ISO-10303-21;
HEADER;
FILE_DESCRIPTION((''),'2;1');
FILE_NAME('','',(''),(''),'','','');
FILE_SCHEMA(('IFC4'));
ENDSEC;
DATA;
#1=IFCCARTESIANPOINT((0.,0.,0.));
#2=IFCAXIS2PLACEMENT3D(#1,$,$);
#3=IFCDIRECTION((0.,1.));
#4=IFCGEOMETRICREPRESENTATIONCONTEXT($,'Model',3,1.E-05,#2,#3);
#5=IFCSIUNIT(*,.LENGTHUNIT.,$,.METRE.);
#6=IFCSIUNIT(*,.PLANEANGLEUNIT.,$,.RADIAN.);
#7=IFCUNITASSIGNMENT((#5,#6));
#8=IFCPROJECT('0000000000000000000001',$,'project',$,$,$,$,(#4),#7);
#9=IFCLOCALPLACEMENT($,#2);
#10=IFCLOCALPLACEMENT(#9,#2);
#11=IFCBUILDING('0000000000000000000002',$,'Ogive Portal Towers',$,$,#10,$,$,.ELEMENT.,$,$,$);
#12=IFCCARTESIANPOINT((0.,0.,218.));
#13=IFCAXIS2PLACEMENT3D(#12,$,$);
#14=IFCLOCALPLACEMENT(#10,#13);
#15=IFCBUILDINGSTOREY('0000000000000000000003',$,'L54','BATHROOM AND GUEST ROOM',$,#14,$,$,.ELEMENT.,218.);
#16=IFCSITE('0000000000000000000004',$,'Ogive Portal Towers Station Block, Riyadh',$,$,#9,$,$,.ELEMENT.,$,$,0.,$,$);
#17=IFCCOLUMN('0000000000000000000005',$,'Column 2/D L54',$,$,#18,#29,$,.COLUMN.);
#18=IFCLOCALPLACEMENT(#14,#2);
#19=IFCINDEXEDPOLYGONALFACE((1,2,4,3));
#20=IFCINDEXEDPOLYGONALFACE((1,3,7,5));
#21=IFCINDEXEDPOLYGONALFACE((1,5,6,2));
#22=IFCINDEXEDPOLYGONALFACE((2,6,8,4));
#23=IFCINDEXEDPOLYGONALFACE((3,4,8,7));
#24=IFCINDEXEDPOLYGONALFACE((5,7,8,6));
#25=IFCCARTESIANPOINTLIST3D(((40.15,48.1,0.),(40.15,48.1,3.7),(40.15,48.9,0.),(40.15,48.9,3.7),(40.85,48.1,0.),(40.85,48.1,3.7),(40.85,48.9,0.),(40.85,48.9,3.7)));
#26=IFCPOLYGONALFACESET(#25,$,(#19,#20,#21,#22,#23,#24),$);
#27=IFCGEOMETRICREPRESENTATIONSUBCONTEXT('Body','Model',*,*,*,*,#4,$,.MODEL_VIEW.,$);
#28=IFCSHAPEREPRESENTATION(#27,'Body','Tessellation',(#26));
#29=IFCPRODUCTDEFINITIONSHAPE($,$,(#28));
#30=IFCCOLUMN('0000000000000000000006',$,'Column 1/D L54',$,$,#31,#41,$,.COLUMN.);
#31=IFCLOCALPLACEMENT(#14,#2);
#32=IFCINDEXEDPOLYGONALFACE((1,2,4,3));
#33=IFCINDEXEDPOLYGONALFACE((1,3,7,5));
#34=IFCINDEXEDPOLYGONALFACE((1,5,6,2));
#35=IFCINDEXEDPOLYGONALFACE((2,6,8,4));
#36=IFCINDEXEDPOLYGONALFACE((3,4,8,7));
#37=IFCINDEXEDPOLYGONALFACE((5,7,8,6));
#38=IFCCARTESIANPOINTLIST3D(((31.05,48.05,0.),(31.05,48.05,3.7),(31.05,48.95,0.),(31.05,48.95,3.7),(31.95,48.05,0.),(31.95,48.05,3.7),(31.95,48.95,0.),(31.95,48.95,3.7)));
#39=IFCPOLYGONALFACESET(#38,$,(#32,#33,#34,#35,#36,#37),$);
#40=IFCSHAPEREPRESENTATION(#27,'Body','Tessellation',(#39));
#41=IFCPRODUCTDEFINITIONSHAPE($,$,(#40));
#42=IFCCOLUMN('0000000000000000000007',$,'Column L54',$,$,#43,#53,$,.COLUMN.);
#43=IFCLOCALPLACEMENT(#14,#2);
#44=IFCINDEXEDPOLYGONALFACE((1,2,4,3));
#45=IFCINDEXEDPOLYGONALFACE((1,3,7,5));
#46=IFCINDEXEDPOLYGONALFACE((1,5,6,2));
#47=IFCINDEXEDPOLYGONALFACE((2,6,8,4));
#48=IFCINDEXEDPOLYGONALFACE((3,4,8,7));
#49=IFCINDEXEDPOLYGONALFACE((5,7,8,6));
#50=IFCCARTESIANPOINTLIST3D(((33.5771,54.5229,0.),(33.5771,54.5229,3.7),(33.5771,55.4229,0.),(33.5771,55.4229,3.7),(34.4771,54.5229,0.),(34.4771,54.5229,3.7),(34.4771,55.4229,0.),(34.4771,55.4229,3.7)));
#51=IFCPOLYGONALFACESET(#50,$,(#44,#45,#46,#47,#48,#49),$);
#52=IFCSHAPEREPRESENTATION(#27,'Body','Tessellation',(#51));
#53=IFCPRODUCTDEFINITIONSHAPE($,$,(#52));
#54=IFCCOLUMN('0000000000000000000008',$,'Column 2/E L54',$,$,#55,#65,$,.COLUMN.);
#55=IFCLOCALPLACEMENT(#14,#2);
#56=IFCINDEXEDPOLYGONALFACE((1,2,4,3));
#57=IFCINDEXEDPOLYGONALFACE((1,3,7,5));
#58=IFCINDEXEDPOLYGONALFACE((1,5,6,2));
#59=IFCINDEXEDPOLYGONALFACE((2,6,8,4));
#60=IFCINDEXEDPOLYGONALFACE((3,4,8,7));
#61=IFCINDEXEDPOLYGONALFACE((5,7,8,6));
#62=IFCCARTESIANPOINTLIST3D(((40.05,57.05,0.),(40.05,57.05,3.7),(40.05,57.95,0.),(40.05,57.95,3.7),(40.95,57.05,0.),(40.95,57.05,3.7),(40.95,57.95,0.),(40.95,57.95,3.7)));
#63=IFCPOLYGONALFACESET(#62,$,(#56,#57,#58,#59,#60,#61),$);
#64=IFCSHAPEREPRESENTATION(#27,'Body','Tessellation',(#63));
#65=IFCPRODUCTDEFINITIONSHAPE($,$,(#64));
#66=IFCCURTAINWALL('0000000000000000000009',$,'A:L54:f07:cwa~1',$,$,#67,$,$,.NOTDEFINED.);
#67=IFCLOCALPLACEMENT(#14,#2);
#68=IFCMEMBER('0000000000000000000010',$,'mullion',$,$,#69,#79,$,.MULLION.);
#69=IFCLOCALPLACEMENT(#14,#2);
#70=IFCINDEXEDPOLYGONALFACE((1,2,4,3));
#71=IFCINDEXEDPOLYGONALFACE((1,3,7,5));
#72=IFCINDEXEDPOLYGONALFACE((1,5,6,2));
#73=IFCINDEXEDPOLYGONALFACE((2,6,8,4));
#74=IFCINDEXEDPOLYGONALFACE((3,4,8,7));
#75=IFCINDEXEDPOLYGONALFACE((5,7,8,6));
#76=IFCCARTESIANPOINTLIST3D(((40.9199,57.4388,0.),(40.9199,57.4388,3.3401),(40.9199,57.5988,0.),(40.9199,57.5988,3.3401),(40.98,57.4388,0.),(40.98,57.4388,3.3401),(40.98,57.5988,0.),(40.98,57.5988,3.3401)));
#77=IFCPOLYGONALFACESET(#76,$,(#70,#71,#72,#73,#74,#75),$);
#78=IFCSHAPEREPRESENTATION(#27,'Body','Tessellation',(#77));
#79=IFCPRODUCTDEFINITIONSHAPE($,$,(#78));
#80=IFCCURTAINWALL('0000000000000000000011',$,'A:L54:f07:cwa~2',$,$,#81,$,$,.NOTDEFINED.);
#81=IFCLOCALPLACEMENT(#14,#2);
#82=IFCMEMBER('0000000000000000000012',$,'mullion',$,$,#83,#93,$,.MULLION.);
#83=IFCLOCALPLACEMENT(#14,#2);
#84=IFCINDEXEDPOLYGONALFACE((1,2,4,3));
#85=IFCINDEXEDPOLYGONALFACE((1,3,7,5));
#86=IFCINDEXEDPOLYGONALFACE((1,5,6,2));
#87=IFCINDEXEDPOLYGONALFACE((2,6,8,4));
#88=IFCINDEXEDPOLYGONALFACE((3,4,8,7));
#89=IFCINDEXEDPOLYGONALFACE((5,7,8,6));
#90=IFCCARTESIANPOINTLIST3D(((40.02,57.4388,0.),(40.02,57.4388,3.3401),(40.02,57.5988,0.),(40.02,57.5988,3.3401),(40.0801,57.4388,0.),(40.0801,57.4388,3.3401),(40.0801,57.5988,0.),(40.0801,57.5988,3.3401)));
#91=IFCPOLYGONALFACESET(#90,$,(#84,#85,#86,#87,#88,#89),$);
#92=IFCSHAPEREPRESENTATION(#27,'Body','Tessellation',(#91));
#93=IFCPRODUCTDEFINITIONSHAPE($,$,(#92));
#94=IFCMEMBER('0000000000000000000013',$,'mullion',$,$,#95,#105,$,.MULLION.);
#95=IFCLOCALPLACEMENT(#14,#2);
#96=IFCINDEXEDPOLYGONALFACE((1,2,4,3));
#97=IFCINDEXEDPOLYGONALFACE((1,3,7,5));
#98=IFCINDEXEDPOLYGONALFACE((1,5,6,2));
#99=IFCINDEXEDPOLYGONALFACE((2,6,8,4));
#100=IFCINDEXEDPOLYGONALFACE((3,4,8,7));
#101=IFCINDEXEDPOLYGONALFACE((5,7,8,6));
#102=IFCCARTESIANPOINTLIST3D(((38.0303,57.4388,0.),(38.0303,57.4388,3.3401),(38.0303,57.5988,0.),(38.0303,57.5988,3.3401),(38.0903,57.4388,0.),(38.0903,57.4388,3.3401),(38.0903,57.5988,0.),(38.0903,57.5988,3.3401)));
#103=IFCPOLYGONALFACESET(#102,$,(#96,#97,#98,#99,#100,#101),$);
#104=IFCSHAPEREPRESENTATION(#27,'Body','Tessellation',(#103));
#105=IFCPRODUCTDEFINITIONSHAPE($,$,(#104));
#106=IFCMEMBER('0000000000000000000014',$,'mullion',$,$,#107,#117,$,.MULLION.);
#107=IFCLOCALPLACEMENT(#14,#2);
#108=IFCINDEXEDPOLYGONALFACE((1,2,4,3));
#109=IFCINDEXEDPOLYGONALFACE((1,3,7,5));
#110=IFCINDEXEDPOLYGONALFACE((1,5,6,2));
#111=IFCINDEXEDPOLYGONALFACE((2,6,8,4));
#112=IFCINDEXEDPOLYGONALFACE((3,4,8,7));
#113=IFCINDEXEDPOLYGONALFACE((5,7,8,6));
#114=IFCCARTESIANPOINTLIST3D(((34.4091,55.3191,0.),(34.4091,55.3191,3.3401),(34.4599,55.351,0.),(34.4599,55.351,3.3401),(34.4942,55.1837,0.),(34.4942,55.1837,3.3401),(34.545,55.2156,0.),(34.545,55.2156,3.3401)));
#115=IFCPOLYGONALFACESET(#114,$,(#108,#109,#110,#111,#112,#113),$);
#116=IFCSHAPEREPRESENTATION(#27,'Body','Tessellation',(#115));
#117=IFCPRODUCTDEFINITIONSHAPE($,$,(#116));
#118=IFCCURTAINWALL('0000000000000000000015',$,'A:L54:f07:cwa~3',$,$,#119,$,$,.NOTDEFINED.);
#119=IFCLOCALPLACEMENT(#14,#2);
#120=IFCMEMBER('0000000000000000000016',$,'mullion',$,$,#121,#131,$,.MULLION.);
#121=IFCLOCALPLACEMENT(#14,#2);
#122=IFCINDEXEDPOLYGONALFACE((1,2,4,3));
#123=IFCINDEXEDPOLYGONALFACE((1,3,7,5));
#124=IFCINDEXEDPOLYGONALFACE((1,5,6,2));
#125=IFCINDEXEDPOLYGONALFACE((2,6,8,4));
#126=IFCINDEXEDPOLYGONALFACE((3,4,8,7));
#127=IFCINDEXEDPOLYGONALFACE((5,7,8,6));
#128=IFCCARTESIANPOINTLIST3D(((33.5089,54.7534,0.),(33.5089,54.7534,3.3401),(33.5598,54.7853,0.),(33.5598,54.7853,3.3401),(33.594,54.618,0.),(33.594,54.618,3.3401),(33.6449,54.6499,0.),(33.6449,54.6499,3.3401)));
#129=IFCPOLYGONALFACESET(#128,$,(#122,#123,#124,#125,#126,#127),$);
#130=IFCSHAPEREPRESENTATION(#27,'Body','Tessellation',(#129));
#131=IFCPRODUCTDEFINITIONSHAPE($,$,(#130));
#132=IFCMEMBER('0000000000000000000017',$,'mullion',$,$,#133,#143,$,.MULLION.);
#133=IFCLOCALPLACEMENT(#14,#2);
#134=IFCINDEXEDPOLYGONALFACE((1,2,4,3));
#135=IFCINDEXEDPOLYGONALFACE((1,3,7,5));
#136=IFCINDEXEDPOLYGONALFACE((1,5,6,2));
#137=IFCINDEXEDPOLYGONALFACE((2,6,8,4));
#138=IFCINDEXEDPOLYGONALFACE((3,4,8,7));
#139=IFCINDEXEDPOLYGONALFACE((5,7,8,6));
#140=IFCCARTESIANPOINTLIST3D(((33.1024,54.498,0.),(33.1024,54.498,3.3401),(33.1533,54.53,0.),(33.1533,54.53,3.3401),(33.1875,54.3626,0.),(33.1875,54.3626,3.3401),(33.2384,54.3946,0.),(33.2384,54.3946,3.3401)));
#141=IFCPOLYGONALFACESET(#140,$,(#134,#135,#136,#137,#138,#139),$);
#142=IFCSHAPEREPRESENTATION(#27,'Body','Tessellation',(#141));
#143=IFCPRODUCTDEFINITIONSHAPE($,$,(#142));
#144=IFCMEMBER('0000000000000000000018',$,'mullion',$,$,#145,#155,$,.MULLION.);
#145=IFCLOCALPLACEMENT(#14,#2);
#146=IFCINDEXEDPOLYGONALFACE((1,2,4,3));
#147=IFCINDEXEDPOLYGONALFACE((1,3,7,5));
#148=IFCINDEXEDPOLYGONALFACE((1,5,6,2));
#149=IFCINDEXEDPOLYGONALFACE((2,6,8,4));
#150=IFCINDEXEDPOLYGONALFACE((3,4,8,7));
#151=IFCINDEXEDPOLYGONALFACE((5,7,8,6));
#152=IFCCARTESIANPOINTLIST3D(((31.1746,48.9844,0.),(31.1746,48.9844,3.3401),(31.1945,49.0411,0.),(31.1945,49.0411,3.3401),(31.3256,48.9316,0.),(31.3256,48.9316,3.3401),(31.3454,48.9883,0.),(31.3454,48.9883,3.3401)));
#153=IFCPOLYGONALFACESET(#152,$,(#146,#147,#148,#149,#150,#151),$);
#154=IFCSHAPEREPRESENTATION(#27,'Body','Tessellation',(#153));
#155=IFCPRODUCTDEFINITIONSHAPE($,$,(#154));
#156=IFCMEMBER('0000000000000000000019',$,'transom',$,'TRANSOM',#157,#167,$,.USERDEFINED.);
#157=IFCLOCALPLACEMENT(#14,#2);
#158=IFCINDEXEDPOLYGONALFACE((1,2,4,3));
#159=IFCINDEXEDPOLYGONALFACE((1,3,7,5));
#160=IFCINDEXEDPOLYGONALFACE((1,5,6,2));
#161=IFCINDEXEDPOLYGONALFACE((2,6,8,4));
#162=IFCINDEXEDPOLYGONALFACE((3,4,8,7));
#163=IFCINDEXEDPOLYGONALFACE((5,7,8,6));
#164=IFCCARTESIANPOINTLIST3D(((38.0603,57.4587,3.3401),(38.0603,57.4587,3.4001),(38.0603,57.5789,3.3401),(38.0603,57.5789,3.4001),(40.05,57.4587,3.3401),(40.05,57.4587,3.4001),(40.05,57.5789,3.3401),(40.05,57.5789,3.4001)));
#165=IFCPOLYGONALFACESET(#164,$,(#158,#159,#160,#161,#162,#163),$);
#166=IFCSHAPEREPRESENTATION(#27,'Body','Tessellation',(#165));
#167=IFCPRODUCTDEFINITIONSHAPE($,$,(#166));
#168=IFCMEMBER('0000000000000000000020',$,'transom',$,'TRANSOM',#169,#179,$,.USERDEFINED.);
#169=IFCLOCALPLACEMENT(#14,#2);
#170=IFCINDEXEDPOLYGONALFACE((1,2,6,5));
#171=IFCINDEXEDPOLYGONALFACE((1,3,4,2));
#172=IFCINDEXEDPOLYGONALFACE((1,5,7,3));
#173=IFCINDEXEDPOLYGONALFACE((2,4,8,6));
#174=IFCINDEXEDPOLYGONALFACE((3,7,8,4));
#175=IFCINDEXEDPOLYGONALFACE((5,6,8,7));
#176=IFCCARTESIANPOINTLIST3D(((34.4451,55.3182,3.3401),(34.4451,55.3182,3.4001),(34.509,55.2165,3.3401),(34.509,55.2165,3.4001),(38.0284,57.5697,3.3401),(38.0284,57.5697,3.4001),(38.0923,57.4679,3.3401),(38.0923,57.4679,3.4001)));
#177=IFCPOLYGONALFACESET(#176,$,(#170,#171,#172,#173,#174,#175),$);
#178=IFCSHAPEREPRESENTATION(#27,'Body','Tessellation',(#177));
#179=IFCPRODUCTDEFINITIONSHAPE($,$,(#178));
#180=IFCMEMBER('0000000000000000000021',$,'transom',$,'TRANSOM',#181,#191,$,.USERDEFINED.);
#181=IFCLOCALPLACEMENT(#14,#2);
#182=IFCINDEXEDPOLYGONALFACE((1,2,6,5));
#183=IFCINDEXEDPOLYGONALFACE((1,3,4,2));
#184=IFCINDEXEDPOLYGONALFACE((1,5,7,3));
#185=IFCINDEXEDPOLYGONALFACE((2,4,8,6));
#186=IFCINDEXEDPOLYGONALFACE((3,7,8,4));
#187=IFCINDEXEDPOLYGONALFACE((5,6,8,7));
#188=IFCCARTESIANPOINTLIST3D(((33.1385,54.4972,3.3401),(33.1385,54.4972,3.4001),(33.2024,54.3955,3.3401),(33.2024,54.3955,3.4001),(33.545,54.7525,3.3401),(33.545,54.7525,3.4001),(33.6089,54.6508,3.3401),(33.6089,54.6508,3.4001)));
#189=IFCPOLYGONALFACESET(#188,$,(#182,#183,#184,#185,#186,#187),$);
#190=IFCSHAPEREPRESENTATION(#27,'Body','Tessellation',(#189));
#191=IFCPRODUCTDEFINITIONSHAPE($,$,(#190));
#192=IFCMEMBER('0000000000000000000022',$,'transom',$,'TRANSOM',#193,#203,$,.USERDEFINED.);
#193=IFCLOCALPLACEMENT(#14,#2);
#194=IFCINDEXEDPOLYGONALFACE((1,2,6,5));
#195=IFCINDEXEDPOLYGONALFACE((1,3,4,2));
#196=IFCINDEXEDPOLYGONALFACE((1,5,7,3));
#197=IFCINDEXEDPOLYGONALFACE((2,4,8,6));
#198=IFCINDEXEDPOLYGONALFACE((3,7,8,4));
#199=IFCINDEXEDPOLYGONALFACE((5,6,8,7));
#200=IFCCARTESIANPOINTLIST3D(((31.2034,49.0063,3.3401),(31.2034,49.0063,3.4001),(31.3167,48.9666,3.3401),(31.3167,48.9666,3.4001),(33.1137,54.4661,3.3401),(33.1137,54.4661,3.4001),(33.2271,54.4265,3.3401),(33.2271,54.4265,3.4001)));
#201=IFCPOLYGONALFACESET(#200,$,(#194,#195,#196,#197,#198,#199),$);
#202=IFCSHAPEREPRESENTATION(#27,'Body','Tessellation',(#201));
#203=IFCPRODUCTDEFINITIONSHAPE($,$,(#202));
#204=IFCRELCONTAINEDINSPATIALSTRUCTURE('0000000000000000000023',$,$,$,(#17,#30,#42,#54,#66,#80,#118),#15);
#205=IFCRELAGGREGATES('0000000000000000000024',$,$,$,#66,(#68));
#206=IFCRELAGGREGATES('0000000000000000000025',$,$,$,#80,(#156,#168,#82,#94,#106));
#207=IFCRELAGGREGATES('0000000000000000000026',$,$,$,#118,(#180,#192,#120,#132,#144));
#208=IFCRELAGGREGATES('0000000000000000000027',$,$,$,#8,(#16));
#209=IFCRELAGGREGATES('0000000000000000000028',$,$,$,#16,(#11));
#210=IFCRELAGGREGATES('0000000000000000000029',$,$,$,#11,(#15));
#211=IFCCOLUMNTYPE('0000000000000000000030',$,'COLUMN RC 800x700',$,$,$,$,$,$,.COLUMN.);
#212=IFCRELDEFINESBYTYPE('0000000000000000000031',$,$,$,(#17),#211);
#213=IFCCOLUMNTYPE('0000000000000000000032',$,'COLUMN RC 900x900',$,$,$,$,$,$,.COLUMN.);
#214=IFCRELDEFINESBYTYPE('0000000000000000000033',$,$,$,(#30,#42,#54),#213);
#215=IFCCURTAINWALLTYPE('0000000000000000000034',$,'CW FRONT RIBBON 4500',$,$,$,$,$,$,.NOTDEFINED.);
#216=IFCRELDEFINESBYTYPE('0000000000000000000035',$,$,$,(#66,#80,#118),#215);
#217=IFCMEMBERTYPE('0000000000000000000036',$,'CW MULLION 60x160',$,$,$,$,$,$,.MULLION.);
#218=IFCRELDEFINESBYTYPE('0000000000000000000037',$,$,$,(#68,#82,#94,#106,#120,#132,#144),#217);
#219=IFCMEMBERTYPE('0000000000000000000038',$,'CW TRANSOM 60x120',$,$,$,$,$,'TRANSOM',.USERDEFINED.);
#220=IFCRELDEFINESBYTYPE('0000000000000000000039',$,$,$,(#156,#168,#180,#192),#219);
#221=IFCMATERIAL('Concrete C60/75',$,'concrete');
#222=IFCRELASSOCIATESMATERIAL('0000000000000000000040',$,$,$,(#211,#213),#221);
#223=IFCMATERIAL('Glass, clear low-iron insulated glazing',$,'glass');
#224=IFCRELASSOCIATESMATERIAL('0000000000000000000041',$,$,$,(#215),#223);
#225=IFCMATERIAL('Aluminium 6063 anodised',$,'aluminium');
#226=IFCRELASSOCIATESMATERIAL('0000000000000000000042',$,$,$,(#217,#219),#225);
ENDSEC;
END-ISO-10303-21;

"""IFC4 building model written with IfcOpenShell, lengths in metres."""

from ifc_helpers import new_model, si_unit, direction, frame, origin, origin_2d, place, context, subcontext, project, spatial, rectangle, extrude, material, material_profile, profile_set, type_object, element, aggregate, save


model = new_model("IFC4")

# Units and contexts
model_context = context("Model", 3, precision=1e-05, world=origin(), true_north=direction((0.0, 1.0)))
body_context = subcontext(model_context, "Body", "Model", "MODEL_VIEW")
ifc_project = project(units=[si_unit("LENGTHUNIT", "METRE"), si_unit("PLANEANGLEUNIT", "RADIAN")], contexts=[model_context])

# Site, building, storey
site_placement = place(None, origin())
site = spatial("IfcSite", under=ifc_project, at=site_placement, Name="Ogive Portal Towers Station Block, Riyadh", CompositionType="ELEMENT", RefElevation=0.0)
building_placement = place(site_placement, origin())
building = spatial("IfcBuilding", under=site, at=building_placement, Name="Ogive Portal Towers", CompositionType="ELEMENT")
storey_placement = place(building_placement, frame((0.0, 0.0, 218.0)))
storey = spatial("IfcBuildingStorey", under=building, at=storey_placement, Name="L54", Description="BATHROOM AND GUEST ROOM", CompositionType="ELEMENT", Elevation=218.0)

# Columns
ifc_material_1 = material(Name="Concrete C60/75", Category="concrete")
ifc_material_profile_1 = material_profile(ifc_material_1, rectangle(XDim=0.8, YDim=0.7, at=origin_2d()), Name="RC 800x700")
ifc_profile_set_1 = profile_set([ifc_material_profile_1], Name="Concrete C60/75")
column_type_1 = type_object("IfcColumnType", Name="COLUMN RC 800x700", PredefinedType="COLUMN", material=ifc_profile_set_1)
column_placement = place(storey_placement, frame((40.5, 48.5, 0.0), z_axis=(0.0, 0.0, 1.0), x_axis=(0.0, 1.0, 0.0)))
element("IfcColumn", 1, at=column_placement, inside=storey, type_object=column_type_1, Name="Column 2/D L54", PredefinedType="COLUMN", context=body_context, shape_type="SweptSolid", body=[
    extrude(rectangle(XDim=0.8, YDim=0.7, at=origin_2d()), origin(), (0.0, 0.0, 1.0), 3.7),
])
ifc_material_profile_2 = material_profile(ifc_material_1, rectangle(XDim=0.8999, YDim=0.8999, at=origin_2d()), Name="RC 900x900")
ifc_profile_set_2 = profile_set([ifc_material_profile_2], Name="Concrete C60/75")
column_type_2 = type_object("IfcColumnType", Name="COLUMN RC 900x900", PredefinedType="COLUMN", material=ifc_profile_set_2)
for number, where, z_axis, x_axis, name in (
    (2, (31.5, 48.5, 0.0), (0.0, 0.0, 1.0), (1.0, 0.0, 0.0), "Column 1/D L54"),
    (3, (34.0271, 54.9729, 0.0), (0.0, 0.0, 1.0), (1.0, 0.0, 0.0), "Column L54"),
    (4, (40.5, 57.5, 0.0), (0.0, 0.0, 1.0), (1.0, 0.0, 0.0), "Column 2/E L54"),
):
    element("IfcColumn", number, at=place(storey_placement, frame(where, z_axis=z_axis, x_axis=x_axis)), inside=storey, type_object=column_type_2, Name=name, PredefinedType="COLUMN", context=body_context, shape_type="SweptSolid", body=[
        extrude(rectangle(XDim=0.8999, YDim=0.8999, at=origin_2d()), origin(), (0.0, 0.0, 1.0), 3.7),
    ])

# Curtain wall, member
ifc_material_2 = material(Name="Glass, clear low-iron insulated glazing", Category="glass")
curtain_wall_type = type_object("IfcCurtainWallType", Name="CW FRONT RIBBON 4500", PredefinedType="NOTDEFINED", material=ifc_material_2)
curtain_wall_1_placement = place(storey_placement, origin())
curtain_wall_1 = element("IfcCurtainWall", 5, at=curtain_wall_1_placement, inside=storey, type_object=curtain_wall_type, Name="A:L54:f07:cwa~1", PredefinedType="NOTDEFINED")
ifc_material_3 = material(Name="Aluminium 6063 anodised", Category="aluminium")
ifc_material_profile_3 = material_profile(ifc_material_3, rectangle(XDim=0.1599, YDim=0.0601, at=origin_2d()), Name="AL 60x160")
ifc_profile_set_3 = profile_set([ifc_material_profile_3], Name="Aluminium 6063 anodised")
member_type_1 = type_object("IfcMemberType", Name="CW MULLION 60x160", PredefinedType="MULLION", material=ifc_profile_set_3)
member_1_placement = place(storey_placement, frame((40.95, 57.5188, 0.0), z_axis=(0.0, 0.0, 1.0), x_axis=(0.0, -1.0, 0.0)))
member_1 = element("IfcMember", 6, at=member_1_placement, type_object=member_type_1, Name="mullion", PredefinedType="MULLION", context=body_context, shape_type="SweptSolid", body=[
    extrude(rectangle(XDim=0.1599, YDim=0.0601, at=origin_2d()), origin(), (0.0, 0.0, 1.0), 3.3401),
])
aggregate(curtain_wall_1, [member_1])

# Curtain walls, members
curtain_wall_2_placement = place(storey_placement, origin())
curtain_wall_2 = element("IfcCurtainWall", 7, at=curtain_wall_2_placement, inside=storey, type_object=curtain_wall_type, Name="A:L54:f07:cwa~2", PredefinedType="NOTDEFINED")
member_2_placement = place(storey_placement, frame((40.05, 57.5188, 0.0), z_axis=(0.0, 0.0, 1.0), x_axis=(0.0, -1.0, 0.0)))
member_2 = element("IfcMember", 8, at=member_2_placement, type_object=member_type_1, Name="mullion", PredefinedType="MULLION", context=body_context, shape_type="SweptSolid", body=[
    extrude(rectangle(XDim=0.1599, YDim=0.0601, at=origin_2d()), origin(), (0.0, 0.0, 1.0), 3.3401),
])
member_3_placement = place(storey_placement, frame((38.0603, 57.5188, 0.0), z_axis=(0.0, 0.0, 1.0), x_axis=(0.0, -1.0, 0.0)))
member_3 = element("IfcMember", 9, at=member_3_placement, type_object=member_type_1, Name="mullion", PredefinedType="MULLION", context=body_context, shape_type="SweptSolid", body=[
    extrude(rectangle(XDim=0.1599, YDim=0.0601, at=origin_2d()), origin(), (0.0, 0.0, 1.0), 3.3401),
])
member_4_placement = place(storey_placement, frame((34.4771, 55.2673, 0.0), z_axis=(0.0, 0.0, 1.0), x_axis=(0.532032, -0.846724, 0.0)))
member_4 = element("IfcMember", 10, at=member_4_placement, type_object=member_type_1, Name="mullion", PredefinedType="MULLION", context=body_context, shape_type="SweptSolid", body=[
    extrude(rectangle(XDim=0.1599, YDim=0.0601, at=origin_2d()), origin(), (0.0, 0.0, 1.0), 3.3401),
])
curtain_wall_3_placement = place(storey_placement, origin())
curtain_wall_3 = element("IfcCurtainWall", 11, at=curtain_wall_3_placement, inside=storey, type_object=curtain_wall_type, Name="A:L54:f07:cwa~3", PredefinedType="NOTDEFINED")
member_5_placement = place(storey_placement, frame((33.5769, 54.7017, 0.0), z_axis=(0.0, 0.0, 1.0), x_axis=(0.532032, -0.846724, 0.0)))
member_5 = element("IfcMember", 12, at=member_5_placement, type_object=member_type_1, Name="mullion", PredefinedType="MULLION", context=body_context, shape_type="SweptSolid", body=[
    extrude(rectangle(XDim=0.1599, YDim=0.0601, at=origin_2d()), origin(), (0.0, 0.0, 1.0), 3.3401),
])
member_6_placement = place(storey_placement, frame((33.1704, 54.4463, 0.0), z_axis=(0.0, 0.0, 1.0), x_axis=(0.532032, -0.846724, 0.0)))
member_6 = element("IfcMember", 13, at=member_6_placement, type_object=member_type_1, Name="mullion", PredefinedType="MULLION", context=body_context, shape_type="SweptSolid", body=[
    extrude(rectangle(XDim=0.1599, YDim=0.0601, at=origin_2d()), origin(), (0.0, 0.0, 1.0), 3.3401),
])
member_7_placement = place(storey_placement, frame((31.26, 48.9863, 0.0), z_axis=(0.0, 0.0, 1.0), x_axis=(0.943883, -0.330279, 0.0)))
member_7 = element("IfcMember", 14, at=member_7_placement, type_object=member_type_1, Name="mullion", PredefinedType="MULLION", context=body_context, shape_type="SweptSolid", body=[
    extrude(rectangle(XDim=0.1599, YDim=0.0601, at=origin_2d()), origin(), (0.0, 0.0, 1.0), 3.3401),
])

# Members
ifc_material_profile_4 = material_profile(ifc_material_3, rectangle(XDim=0.1201, YDim=0.0601, at=origin_2d()), Name="AL 120x60")
ifc_profile_set_4 = profile_set([ifc_material_profile_4], Name="Aluminium 6063 anodised")
member_type_2 = type_object("IfcMemberType", Name="CW TRANSOM 60x120", ElementType="TRANSOM", PredefinedType="USERDEFINED", material=ifc_profile_set_4)
member_8_placement = place(storey_placement, frame((40.05, 57.5188, 3.3701), z_axis=(-1.0, 0.0, 0.0), x_axis=(0.0, -1.0, 0.0)))
member_8 = element("IfcMember", 15, at=member_8_placement, type_object=member_type_2, Name="transom", ObjectType="TRANSOM", PredefinedType="USERDEFINED", context=body_context, shape_type="SweptSolid", body=[
    extrude(rectangle(XDim=0.1201, YDim=0.0601, at=origin_2d()), origin(), (0.0, 0.0, 1.0), 1.9897),
])
member_9_placement = place(storey_placement, frame((38.0603, 57.5188, 3.3701), z_axis=(-0.846729, -0.532025, 0.0), x_axis=(0.532025, -0.846729, 0.0)))
member_9 = element("IfcMember", 16, at=member_9_placement, type_object=member_type_2, Name="transom", ObjectType="TRANSOM", PredefinedType="USERDEFINED", context=body_context, shape_type="SweptSolid", body=[
    extrude(rectangle(XDim=0.1201, YDim=0.0601, at=origin_2d()), origin(), (0.0, 0.0, 1.0), 4.2319),
])
member_10_placement = place(storey_placement, frame((33.5769, 54.7017, 3.3701), z_axis=(-0.846767, -0.531963, 0.0), x_axis=(0.531963, -0.846767, 0.0)))
member_10 = element("IfcMember", 17, at=member_10_placement, type_object=member_type_2, Name="transom", ObjectType="TRANSOM", PredefinedType="USERDEFINED", context=body_context, shape_type="SweptSolid", body=[
    extrude(rectangle(XDim=0.1201, YDim=0.0601, at=origin_2d()), origin(), (0.0, 0.0, 1.0), 0.48),
])
member_11_placement = place(storey_placement, frame((33.1704, 54.4463, 3.3701), z_axis=(-0.33026, -0.94389, 0.0), x_axis=(0.94389, -0.33026, 0.0)))
member_11 = element("IfcMember", 18, at=member_11_placement, type_object=member_type_2, Name="transom", ObjectType="TRANSOM", PredefinedType="USERDEFINED", context=body_context, shape_type="SweptSolid", body=[
    extrude(rectangle(XDim=0.1201, YDim=0.0601, at=origin_2d()), origin(), (0.0, 0.0, 1.0), 5.7844),
])

aggregate(curtain_wall_2, [member_8, member_9, member_2, member_3, member_4])
aggregate(curtain_wall_3, [member_10, member_11, member_5, member_6, member_7])

save(model, "model.ifc")
